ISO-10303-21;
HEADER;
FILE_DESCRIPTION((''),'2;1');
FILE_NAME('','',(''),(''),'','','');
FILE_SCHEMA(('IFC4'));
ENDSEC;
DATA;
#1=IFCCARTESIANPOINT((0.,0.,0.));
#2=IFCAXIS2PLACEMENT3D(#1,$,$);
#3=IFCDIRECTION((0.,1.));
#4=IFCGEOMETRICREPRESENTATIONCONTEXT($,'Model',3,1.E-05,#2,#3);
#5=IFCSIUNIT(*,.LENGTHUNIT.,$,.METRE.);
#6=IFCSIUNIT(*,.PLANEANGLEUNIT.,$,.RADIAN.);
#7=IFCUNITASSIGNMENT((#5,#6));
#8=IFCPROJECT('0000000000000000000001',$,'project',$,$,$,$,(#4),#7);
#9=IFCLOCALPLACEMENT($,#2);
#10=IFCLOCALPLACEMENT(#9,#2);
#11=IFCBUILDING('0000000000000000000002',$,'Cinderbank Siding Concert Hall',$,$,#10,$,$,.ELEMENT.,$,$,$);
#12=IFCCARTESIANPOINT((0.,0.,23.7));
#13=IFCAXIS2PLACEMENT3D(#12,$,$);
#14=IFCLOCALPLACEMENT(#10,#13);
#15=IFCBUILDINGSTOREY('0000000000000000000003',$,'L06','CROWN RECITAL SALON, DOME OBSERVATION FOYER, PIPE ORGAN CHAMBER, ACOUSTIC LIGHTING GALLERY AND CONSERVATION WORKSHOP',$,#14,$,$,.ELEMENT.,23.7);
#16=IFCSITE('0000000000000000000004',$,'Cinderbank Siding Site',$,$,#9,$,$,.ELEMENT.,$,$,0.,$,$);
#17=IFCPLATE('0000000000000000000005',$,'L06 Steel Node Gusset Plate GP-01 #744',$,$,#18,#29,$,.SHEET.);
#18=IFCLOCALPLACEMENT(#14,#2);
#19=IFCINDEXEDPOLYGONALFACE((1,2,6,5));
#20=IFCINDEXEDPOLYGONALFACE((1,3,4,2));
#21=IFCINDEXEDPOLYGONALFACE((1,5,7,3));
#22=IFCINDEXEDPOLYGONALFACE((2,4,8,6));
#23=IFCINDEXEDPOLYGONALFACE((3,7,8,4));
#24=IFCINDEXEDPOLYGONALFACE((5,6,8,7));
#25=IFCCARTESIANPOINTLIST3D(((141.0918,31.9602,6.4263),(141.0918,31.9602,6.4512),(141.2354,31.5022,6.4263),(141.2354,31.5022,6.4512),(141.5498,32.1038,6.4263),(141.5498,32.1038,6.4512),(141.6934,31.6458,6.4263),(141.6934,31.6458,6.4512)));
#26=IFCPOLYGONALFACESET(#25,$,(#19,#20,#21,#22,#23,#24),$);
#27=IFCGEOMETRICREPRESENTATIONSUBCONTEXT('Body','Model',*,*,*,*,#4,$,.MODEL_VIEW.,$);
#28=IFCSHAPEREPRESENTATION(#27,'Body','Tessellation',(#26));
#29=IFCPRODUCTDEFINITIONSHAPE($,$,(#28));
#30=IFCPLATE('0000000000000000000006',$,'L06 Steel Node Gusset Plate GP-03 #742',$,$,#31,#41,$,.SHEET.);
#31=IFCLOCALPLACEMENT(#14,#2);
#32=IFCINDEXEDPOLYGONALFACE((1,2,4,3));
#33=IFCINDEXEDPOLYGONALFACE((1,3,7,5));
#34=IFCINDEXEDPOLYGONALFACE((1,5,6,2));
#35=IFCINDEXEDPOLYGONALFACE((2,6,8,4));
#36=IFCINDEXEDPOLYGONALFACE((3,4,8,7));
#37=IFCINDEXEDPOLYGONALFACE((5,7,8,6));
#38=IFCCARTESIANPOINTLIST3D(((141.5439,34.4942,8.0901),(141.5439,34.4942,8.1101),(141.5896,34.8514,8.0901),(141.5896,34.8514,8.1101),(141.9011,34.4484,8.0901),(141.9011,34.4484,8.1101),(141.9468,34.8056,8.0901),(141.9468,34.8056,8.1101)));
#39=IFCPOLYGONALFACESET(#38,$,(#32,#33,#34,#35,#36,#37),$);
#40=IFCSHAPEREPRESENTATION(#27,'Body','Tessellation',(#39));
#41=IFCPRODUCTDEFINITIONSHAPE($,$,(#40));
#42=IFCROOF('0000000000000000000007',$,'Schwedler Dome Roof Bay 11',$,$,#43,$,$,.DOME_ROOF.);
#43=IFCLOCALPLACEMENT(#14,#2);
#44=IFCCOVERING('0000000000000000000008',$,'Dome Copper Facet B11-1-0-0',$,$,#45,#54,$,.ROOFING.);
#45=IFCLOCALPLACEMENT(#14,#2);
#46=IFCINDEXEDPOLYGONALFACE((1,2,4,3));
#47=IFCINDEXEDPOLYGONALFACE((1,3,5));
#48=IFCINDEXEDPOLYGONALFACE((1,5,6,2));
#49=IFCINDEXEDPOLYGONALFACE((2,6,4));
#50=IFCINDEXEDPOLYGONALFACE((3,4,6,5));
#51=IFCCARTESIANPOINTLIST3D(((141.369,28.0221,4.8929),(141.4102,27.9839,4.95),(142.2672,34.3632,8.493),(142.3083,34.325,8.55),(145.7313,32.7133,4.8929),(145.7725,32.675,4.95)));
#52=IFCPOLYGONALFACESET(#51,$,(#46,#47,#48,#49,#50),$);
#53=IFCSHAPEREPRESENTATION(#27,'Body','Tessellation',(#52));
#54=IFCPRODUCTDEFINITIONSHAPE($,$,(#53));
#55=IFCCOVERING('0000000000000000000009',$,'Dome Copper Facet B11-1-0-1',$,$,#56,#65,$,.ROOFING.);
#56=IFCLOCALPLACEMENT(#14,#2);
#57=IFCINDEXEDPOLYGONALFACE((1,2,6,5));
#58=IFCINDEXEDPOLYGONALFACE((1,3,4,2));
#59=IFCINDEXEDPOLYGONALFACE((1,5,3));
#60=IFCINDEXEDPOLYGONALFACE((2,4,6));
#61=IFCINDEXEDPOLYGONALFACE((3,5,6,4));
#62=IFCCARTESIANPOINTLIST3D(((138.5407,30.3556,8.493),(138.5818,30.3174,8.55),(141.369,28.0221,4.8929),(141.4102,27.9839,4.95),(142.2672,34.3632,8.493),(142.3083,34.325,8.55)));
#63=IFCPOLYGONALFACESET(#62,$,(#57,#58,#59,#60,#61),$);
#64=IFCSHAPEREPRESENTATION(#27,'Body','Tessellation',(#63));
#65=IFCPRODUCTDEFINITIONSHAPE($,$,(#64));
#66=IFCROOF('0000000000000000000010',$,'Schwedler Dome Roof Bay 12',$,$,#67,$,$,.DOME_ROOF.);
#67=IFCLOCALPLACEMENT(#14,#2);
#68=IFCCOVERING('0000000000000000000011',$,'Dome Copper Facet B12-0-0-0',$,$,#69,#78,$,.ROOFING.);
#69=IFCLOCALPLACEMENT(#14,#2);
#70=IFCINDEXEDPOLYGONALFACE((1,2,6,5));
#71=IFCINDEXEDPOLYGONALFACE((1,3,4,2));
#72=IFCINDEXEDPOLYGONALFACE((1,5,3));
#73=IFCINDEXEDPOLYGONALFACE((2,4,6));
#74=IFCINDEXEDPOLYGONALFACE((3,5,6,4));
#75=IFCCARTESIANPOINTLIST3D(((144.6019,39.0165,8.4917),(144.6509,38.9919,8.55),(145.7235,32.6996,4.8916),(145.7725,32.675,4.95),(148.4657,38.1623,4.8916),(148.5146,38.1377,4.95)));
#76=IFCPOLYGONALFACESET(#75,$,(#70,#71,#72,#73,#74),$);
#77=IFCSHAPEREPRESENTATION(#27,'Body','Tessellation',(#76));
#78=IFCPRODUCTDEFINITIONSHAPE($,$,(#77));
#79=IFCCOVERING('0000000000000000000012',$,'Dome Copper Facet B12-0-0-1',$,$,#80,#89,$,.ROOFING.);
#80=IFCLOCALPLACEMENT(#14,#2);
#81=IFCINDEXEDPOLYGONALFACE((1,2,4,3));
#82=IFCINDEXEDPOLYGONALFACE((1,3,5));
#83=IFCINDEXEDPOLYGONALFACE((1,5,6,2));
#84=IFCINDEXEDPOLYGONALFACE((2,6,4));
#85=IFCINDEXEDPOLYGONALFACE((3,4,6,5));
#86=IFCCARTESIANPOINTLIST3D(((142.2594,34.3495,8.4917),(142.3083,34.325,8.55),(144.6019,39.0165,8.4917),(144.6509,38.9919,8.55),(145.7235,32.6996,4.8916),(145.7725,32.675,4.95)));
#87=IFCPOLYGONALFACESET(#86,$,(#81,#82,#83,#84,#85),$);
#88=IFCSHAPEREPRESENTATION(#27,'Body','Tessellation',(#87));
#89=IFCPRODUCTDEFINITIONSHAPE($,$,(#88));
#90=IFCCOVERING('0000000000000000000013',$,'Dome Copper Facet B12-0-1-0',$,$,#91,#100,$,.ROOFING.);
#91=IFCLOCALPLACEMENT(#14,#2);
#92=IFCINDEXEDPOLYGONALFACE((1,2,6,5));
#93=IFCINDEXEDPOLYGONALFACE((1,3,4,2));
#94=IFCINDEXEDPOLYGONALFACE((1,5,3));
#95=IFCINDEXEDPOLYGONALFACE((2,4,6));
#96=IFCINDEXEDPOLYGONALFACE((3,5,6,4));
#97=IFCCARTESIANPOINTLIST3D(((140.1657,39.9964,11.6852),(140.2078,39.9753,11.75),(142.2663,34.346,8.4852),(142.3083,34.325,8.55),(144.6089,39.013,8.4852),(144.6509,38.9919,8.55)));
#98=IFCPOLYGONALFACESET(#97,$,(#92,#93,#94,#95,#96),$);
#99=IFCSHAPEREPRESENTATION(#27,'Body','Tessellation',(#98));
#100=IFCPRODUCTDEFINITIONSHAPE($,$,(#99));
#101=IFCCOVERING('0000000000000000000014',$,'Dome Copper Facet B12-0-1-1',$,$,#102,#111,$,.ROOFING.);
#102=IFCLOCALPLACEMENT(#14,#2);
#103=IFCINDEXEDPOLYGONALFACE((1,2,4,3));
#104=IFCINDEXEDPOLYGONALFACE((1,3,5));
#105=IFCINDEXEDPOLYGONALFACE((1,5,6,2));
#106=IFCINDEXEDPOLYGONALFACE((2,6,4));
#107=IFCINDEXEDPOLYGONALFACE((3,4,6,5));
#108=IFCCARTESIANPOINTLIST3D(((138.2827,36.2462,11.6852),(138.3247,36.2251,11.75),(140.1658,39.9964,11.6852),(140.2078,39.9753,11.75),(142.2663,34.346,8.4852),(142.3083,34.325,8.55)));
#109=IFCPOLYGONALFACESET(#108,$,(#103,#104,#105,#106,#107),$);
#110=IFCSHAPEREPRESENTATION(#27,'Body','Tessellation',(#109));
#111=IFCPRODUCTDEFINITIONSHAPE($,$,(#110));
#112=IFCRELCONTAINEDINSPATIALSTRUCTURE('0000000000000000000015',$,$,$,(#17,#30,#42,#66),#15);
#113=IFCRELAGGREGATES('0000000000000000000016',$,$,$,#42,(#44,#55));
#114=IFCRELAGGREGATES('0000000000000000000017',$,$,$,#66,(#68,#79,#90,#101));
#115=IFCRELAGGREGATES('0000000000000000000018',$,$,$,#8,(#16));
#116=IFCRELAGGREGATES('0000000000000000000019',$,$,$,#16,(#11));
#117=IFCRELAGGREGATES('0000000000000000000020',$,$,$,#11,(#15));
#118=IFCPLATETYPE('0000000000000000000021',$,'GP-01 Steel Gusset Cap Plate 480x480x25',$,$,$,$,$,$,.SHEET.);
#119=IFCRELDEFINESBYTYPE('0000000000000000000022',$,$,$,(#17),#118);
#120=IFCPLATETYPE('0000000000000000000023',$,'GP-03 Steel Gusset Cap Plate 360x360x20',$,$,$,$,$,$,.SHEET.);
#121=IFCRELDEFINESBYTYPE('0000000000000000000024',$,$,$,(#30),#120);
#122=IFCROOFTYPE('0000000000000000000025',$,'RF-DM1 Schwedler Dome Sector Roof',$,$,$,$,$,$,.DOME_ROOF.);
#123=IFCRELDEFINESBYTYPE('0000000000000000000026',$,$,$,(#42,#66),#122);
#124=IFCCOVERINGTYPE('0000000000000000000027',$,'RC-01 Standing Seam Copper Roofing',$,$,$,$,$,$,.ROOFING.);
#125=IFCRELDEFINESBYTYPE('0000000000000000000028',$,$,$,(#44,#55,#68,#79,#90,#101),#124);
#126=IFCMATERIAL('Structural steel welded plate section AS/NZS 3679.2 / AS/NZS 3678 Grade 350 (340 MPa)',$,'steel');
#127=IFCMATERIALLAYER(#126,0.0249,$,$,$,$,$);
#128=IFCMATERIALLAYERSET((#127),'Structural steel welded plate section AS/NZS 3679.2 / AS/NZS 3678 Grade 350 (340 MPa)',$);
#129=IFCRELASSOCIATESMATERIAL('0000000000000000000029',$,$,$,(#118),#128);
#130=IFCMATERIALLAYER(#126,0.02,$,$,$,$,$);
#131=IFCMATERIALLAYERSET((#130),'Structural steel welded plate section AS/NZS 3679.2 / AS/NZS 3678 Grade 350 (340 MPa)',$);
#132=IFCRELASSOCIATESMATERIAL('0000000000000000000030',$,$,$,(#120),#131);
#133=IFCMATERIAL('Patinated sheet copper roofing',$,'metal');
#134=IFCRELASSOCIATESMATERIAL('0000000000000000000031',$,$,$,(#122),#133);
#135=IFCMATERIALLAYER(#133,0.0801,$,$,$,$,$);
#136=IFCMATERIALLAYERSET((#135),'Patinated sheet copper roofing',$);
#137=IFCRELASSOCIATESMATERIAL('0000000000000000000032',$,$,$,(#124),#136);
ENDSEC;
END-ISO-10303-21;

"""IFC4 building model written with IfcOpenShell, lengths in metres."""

from ifc_helpers import new_model, si_unit, direction, frame, origin, origin_2d, place, context, subcontext, project, spatial, polyline, rectangle, outline, extrude, material, layer, layer_set, type_object, element, aggregate, save


model = new_model("IFC4")

# Units and contexts
model_context = context("Model", 3, precision=1e-05, world=origin(), true_north=direction((0.0, 1.0)))
body_context = subcontext(model_context, "Body", "Model", "MODEL_VIEW")
ifc_project = project(units=[si_unit("LENGTHUNIT", "METRE"), si_unit("PLANEANGLEUNIT", "RADIAN")], contexts=[model_context])

# Site, building, storey
site_placement = place(None, origin())
site = spatial("IfcSite", under=ifc_project, at=site_placement, Name="Cinderbank Siding Site", CompositionType="ELEMENT", RefElevation=0.0)
building_placement = place(site_placement, origin())
building = spatial("IfcBuilding", under=site, at=building_placement, Name="Cinderbank Siding Concert Hall", CompositionType="ELEMENT")
storey_placement = place(building_placement, frame((0.0, 0.0, 23.7)))
storey = spatial("IfcBuildingStorey", under=building, at=storey_placement, Name="L06", Description="CROWN RECITAL SALON, DOME OBSERVATION FOYER, PIPE ORGAN CHAMBER, ACOUSTIC LIGHTING GALLERY AND CONSERVATION WORKSHOP", CompositionType="ELEMENT", Elevation=23.7)

# Shared definitions
ifc_material_1 = material(Name="Structural steel welded plate section AS/NZS 3679.2 / AS/NZS 3678 Grade 350 (340 MPa)", Category="steel")

# Plates
ifc_layer_1 = layer(ifc_material_1, 0.0249)
ifc_layer_set_1 = layer_set([ifc_layer_1], Name="Structural steel welded plate section AS/NZS 3679.2 / AS/NZS 3678 Grade 350 (340 MPa)")
plate_type_1 = type_object("IfcPlateType", Name="GP-01 Steel Gusset Cap Plate 480x480x25", PredefinedType="SHEET", material=ifc_layer_set_1)
plate_1_placement = place(storey_placement, frame((141.3926, 31.803, 6.4263), z_axis=(0.0, 0.0, 1.0), x_axis=(-0.954188, -0.299207, 0.0)))
element("IfcPlate", 1, at=plate_1_placement, inside=storey, type_object=plate_type_1, Name="L06 Steel Node Gusset Plate GP-01 #744", PredefinedType="SHEET", context=body_context, shape_type="SweptSolid", body=[
    extrude(rectangle(XDim=0.48, YDim=0.48, at=origin_2d()), origin(), (0.0, 0.0, 1.0), 0.0249),
])
ifc_layer_2 = layer(ifc_material_1, 0.02)
ifc_layer_set_2 = layer_set([ifc_layer_2], Name="Structural steel welded plate section AS/NZS 3679.2 / AS/NZS 3678 Grade 350 (340 MPa)")
plate_type_2 = type_object("IfcPlateType", Name="GP-03 Steel Gusset Cap Plate 360x360x20", PredefinedType="SHEET", material=ifc_layer_set_2)
plate_2_placement = place(storey_placement, frame((141.7454, 34.6499, 8.0901), z_axis=(0.0, 0.0, 1.0), x_axis=(0.127065, 0.991894, 0.0)))
element("IfcPlate", 2, at=plate_2_placement, inside=storey, type_object=plate_type_2, Name="L06 Steel Node Gusset Plate GP-03 #742", PredefinedType="SHEET", context=body_context, shape_type="SweptSolid", body=[
    extrude(rectangle(XDim=0.3601, YDim=0.3601, at=origin_2d()), origin(), (0.0, 0.0, 1.0), 0.02),
])

# Roofs, coverings
ifc_material_2 = material(Name="Patinated sheet copper roofing", Category="metal")
roof_type = type_object("IfcRoofType", Name="RF-DM1 Schwedler Dome Sector Roof", PredefinedType="DOME_ROOF", material=ifc_material_2)
roof_1_placement = place(storey_placement, origin())
roof_1 = element("IfcRoof", 3, at=roof_1_placement, inside=storey, type_object=roof_type, Name="Schwedler Dome Roof Bay 11", PredefinedType="DOME_ROOF")
ifc_layer_3 = layer(ifc_material_2, 0.0801)
ifc_layer_set_3 = layer_set([ifc_layer_3], Name="Patinated sheet copper roofing")
covering_type = type_object("IfcCoveringType", Name="RC-01 Standing Seam Copper Roofing", PredefinedType="ROOFING", material=ifc_layer_set_3)
covering_1_placement = place(storey_placement, frame((141.4102, 27.9839, 4.95), z_axis=(0.513506, -0.477509, 0.712949), x_axis=(0.680973, 0.732309, 0.0)))
covering_1 = element("IfcCovering", 4, at=covering_1_placement, type_object=covering_type, Name="Dome Copper Facet B11-1-0-0", PredefinedType="ROOFING", context=body_context, shape_type="SweptSolid", body=[
    extrude(outline(polyline([(0.0, 0.0), (6.406, 0.0), (5.2553, 5.1341), (0.0, 0.0)])), origin(), (0.0, 0.0, -1.0), 0.0801),
])
covering_2_placement = place(storey_placement, frame((141.4102, 27.9839, 4.95), z_axis=(0.513514, -0.477507, 0.712944), x_axis=(0.122255, 0.863097, 0.490018)))
covering_2 = element("IfcCovering", 5, at=covering_2_placement, type_object=covering_type, Name="Dome Copper Facet B11-1-0-1", PredefinedType="ROOFING", context=body_context, shape_type="SweptSolid", body=[
    extrude(outline(polyline([(0.0, 0.0), (7.3469, 0.0), (3.4324, 3.8242), (0.0, 0.0)])), origin(), (0.0, 0.0, -1.0), 0.0801),
])
aggregate(roof_1, [covering_1, covering_2])
roof_2_placement = place(storey_placement, origin())
roof_2 = element("IfcRoof", 6, at=roof_2_placement, inside=storey, type_object=roof_type, Name="Schwedler Dome Roof Bay 12", PredefinedType="DOME_ROOF")
covering_3_placement = place(storey_placement, frame((145.7725, 32.675, 4.95), z_axis=(0.611566, -0.306999, 0.729204), x_axis=(0.448635, 0.893715, 0.0)))
covering_3 = element("IfcCovering", 7, at=covering_3_placement, type_object=covering_type, Name="Dome Copper Facet B12-0-0-0", PredefinedType="ROOFING", context=body_context, shape_type="SweptSolid", body=[
    extrude(outline(polyline([(0.0, 0.0), (6.1123, 0.0), (5.1423, 5.261), (0.0, 0.0)])), origin(), (0.0, 0.0, -1.0), 0.0801),
])
covering_4_placement = place(storey_placement, frame((145.7725, 32.675, 4.95), z_axis=(0.611598, -0.306983, 0.729184), x_axis=(-0.152456, 0.858653, 0.48936)))
covering_4 = element("IfcCovering", 8, at=covering_4_placement, type_object=covering_type, Name="Dome Copper Facet B12-0-0-1", PredefinedType="ROOFING", context=body_context, shape_type="SweptSolid", body=[
    extrude(outline(polyline([(0.0, 0.0), (7.3568, 0.0), (3.7066, 3.7342), (0.0, 0.0)])), origin(), (0.0, 0.0, -1.0), 0.0801),
])
covering_5_placement = place(storey_placement, frame((142.3083, 34.325, 8.55), z_axis=(0.524719, -0.263375, 0.809509), x_axis=(0.448597, 0.893734, 0.0)))
covering_5 = element("IfcCovering", 9, at=covering_5_placement, type_object=covering_type, Name="Dome Copper Facet B12-0-1-0", PredefinedType="ROOFING", context=body_context, shape_type="SweptSolid", body=[
    extrude(outline(polyline([(0.0, 0.0), (5.2219, 0.0), (4.1076, 5.4504), (0.0, 0.0)])), origin(), (0.0, 0.0, -1.0), 0.0801),
])
covering_6_placement = place(storey_placement, frame((142.3083, 34.325, 8.55), z_axis=(0.524635, -0.263427, 0.809546), x_axis=(-0.307783, 0.82791, 0.468865)))
covering_6 = element("IfcCovering", 10, at=covering_6_placement, type_object=covering_type, Name="Dome Copper Facet B12-0-1-1", PredefinedType="ROOFING", context=body_context, shape_type="SweptSolid", body=[
    extrude(outline(polyline([(0.0, 0.0), (6.8249, 0.0), (4.2996, 3.3516), (0.0, 0.0)])), origin(), (0.0, 0.0, -1.0), 0.0801),
])
aggregate(roof_2, [covering_3, covering_4, covering_5, covering_6])

save(model, "model.ifc")
